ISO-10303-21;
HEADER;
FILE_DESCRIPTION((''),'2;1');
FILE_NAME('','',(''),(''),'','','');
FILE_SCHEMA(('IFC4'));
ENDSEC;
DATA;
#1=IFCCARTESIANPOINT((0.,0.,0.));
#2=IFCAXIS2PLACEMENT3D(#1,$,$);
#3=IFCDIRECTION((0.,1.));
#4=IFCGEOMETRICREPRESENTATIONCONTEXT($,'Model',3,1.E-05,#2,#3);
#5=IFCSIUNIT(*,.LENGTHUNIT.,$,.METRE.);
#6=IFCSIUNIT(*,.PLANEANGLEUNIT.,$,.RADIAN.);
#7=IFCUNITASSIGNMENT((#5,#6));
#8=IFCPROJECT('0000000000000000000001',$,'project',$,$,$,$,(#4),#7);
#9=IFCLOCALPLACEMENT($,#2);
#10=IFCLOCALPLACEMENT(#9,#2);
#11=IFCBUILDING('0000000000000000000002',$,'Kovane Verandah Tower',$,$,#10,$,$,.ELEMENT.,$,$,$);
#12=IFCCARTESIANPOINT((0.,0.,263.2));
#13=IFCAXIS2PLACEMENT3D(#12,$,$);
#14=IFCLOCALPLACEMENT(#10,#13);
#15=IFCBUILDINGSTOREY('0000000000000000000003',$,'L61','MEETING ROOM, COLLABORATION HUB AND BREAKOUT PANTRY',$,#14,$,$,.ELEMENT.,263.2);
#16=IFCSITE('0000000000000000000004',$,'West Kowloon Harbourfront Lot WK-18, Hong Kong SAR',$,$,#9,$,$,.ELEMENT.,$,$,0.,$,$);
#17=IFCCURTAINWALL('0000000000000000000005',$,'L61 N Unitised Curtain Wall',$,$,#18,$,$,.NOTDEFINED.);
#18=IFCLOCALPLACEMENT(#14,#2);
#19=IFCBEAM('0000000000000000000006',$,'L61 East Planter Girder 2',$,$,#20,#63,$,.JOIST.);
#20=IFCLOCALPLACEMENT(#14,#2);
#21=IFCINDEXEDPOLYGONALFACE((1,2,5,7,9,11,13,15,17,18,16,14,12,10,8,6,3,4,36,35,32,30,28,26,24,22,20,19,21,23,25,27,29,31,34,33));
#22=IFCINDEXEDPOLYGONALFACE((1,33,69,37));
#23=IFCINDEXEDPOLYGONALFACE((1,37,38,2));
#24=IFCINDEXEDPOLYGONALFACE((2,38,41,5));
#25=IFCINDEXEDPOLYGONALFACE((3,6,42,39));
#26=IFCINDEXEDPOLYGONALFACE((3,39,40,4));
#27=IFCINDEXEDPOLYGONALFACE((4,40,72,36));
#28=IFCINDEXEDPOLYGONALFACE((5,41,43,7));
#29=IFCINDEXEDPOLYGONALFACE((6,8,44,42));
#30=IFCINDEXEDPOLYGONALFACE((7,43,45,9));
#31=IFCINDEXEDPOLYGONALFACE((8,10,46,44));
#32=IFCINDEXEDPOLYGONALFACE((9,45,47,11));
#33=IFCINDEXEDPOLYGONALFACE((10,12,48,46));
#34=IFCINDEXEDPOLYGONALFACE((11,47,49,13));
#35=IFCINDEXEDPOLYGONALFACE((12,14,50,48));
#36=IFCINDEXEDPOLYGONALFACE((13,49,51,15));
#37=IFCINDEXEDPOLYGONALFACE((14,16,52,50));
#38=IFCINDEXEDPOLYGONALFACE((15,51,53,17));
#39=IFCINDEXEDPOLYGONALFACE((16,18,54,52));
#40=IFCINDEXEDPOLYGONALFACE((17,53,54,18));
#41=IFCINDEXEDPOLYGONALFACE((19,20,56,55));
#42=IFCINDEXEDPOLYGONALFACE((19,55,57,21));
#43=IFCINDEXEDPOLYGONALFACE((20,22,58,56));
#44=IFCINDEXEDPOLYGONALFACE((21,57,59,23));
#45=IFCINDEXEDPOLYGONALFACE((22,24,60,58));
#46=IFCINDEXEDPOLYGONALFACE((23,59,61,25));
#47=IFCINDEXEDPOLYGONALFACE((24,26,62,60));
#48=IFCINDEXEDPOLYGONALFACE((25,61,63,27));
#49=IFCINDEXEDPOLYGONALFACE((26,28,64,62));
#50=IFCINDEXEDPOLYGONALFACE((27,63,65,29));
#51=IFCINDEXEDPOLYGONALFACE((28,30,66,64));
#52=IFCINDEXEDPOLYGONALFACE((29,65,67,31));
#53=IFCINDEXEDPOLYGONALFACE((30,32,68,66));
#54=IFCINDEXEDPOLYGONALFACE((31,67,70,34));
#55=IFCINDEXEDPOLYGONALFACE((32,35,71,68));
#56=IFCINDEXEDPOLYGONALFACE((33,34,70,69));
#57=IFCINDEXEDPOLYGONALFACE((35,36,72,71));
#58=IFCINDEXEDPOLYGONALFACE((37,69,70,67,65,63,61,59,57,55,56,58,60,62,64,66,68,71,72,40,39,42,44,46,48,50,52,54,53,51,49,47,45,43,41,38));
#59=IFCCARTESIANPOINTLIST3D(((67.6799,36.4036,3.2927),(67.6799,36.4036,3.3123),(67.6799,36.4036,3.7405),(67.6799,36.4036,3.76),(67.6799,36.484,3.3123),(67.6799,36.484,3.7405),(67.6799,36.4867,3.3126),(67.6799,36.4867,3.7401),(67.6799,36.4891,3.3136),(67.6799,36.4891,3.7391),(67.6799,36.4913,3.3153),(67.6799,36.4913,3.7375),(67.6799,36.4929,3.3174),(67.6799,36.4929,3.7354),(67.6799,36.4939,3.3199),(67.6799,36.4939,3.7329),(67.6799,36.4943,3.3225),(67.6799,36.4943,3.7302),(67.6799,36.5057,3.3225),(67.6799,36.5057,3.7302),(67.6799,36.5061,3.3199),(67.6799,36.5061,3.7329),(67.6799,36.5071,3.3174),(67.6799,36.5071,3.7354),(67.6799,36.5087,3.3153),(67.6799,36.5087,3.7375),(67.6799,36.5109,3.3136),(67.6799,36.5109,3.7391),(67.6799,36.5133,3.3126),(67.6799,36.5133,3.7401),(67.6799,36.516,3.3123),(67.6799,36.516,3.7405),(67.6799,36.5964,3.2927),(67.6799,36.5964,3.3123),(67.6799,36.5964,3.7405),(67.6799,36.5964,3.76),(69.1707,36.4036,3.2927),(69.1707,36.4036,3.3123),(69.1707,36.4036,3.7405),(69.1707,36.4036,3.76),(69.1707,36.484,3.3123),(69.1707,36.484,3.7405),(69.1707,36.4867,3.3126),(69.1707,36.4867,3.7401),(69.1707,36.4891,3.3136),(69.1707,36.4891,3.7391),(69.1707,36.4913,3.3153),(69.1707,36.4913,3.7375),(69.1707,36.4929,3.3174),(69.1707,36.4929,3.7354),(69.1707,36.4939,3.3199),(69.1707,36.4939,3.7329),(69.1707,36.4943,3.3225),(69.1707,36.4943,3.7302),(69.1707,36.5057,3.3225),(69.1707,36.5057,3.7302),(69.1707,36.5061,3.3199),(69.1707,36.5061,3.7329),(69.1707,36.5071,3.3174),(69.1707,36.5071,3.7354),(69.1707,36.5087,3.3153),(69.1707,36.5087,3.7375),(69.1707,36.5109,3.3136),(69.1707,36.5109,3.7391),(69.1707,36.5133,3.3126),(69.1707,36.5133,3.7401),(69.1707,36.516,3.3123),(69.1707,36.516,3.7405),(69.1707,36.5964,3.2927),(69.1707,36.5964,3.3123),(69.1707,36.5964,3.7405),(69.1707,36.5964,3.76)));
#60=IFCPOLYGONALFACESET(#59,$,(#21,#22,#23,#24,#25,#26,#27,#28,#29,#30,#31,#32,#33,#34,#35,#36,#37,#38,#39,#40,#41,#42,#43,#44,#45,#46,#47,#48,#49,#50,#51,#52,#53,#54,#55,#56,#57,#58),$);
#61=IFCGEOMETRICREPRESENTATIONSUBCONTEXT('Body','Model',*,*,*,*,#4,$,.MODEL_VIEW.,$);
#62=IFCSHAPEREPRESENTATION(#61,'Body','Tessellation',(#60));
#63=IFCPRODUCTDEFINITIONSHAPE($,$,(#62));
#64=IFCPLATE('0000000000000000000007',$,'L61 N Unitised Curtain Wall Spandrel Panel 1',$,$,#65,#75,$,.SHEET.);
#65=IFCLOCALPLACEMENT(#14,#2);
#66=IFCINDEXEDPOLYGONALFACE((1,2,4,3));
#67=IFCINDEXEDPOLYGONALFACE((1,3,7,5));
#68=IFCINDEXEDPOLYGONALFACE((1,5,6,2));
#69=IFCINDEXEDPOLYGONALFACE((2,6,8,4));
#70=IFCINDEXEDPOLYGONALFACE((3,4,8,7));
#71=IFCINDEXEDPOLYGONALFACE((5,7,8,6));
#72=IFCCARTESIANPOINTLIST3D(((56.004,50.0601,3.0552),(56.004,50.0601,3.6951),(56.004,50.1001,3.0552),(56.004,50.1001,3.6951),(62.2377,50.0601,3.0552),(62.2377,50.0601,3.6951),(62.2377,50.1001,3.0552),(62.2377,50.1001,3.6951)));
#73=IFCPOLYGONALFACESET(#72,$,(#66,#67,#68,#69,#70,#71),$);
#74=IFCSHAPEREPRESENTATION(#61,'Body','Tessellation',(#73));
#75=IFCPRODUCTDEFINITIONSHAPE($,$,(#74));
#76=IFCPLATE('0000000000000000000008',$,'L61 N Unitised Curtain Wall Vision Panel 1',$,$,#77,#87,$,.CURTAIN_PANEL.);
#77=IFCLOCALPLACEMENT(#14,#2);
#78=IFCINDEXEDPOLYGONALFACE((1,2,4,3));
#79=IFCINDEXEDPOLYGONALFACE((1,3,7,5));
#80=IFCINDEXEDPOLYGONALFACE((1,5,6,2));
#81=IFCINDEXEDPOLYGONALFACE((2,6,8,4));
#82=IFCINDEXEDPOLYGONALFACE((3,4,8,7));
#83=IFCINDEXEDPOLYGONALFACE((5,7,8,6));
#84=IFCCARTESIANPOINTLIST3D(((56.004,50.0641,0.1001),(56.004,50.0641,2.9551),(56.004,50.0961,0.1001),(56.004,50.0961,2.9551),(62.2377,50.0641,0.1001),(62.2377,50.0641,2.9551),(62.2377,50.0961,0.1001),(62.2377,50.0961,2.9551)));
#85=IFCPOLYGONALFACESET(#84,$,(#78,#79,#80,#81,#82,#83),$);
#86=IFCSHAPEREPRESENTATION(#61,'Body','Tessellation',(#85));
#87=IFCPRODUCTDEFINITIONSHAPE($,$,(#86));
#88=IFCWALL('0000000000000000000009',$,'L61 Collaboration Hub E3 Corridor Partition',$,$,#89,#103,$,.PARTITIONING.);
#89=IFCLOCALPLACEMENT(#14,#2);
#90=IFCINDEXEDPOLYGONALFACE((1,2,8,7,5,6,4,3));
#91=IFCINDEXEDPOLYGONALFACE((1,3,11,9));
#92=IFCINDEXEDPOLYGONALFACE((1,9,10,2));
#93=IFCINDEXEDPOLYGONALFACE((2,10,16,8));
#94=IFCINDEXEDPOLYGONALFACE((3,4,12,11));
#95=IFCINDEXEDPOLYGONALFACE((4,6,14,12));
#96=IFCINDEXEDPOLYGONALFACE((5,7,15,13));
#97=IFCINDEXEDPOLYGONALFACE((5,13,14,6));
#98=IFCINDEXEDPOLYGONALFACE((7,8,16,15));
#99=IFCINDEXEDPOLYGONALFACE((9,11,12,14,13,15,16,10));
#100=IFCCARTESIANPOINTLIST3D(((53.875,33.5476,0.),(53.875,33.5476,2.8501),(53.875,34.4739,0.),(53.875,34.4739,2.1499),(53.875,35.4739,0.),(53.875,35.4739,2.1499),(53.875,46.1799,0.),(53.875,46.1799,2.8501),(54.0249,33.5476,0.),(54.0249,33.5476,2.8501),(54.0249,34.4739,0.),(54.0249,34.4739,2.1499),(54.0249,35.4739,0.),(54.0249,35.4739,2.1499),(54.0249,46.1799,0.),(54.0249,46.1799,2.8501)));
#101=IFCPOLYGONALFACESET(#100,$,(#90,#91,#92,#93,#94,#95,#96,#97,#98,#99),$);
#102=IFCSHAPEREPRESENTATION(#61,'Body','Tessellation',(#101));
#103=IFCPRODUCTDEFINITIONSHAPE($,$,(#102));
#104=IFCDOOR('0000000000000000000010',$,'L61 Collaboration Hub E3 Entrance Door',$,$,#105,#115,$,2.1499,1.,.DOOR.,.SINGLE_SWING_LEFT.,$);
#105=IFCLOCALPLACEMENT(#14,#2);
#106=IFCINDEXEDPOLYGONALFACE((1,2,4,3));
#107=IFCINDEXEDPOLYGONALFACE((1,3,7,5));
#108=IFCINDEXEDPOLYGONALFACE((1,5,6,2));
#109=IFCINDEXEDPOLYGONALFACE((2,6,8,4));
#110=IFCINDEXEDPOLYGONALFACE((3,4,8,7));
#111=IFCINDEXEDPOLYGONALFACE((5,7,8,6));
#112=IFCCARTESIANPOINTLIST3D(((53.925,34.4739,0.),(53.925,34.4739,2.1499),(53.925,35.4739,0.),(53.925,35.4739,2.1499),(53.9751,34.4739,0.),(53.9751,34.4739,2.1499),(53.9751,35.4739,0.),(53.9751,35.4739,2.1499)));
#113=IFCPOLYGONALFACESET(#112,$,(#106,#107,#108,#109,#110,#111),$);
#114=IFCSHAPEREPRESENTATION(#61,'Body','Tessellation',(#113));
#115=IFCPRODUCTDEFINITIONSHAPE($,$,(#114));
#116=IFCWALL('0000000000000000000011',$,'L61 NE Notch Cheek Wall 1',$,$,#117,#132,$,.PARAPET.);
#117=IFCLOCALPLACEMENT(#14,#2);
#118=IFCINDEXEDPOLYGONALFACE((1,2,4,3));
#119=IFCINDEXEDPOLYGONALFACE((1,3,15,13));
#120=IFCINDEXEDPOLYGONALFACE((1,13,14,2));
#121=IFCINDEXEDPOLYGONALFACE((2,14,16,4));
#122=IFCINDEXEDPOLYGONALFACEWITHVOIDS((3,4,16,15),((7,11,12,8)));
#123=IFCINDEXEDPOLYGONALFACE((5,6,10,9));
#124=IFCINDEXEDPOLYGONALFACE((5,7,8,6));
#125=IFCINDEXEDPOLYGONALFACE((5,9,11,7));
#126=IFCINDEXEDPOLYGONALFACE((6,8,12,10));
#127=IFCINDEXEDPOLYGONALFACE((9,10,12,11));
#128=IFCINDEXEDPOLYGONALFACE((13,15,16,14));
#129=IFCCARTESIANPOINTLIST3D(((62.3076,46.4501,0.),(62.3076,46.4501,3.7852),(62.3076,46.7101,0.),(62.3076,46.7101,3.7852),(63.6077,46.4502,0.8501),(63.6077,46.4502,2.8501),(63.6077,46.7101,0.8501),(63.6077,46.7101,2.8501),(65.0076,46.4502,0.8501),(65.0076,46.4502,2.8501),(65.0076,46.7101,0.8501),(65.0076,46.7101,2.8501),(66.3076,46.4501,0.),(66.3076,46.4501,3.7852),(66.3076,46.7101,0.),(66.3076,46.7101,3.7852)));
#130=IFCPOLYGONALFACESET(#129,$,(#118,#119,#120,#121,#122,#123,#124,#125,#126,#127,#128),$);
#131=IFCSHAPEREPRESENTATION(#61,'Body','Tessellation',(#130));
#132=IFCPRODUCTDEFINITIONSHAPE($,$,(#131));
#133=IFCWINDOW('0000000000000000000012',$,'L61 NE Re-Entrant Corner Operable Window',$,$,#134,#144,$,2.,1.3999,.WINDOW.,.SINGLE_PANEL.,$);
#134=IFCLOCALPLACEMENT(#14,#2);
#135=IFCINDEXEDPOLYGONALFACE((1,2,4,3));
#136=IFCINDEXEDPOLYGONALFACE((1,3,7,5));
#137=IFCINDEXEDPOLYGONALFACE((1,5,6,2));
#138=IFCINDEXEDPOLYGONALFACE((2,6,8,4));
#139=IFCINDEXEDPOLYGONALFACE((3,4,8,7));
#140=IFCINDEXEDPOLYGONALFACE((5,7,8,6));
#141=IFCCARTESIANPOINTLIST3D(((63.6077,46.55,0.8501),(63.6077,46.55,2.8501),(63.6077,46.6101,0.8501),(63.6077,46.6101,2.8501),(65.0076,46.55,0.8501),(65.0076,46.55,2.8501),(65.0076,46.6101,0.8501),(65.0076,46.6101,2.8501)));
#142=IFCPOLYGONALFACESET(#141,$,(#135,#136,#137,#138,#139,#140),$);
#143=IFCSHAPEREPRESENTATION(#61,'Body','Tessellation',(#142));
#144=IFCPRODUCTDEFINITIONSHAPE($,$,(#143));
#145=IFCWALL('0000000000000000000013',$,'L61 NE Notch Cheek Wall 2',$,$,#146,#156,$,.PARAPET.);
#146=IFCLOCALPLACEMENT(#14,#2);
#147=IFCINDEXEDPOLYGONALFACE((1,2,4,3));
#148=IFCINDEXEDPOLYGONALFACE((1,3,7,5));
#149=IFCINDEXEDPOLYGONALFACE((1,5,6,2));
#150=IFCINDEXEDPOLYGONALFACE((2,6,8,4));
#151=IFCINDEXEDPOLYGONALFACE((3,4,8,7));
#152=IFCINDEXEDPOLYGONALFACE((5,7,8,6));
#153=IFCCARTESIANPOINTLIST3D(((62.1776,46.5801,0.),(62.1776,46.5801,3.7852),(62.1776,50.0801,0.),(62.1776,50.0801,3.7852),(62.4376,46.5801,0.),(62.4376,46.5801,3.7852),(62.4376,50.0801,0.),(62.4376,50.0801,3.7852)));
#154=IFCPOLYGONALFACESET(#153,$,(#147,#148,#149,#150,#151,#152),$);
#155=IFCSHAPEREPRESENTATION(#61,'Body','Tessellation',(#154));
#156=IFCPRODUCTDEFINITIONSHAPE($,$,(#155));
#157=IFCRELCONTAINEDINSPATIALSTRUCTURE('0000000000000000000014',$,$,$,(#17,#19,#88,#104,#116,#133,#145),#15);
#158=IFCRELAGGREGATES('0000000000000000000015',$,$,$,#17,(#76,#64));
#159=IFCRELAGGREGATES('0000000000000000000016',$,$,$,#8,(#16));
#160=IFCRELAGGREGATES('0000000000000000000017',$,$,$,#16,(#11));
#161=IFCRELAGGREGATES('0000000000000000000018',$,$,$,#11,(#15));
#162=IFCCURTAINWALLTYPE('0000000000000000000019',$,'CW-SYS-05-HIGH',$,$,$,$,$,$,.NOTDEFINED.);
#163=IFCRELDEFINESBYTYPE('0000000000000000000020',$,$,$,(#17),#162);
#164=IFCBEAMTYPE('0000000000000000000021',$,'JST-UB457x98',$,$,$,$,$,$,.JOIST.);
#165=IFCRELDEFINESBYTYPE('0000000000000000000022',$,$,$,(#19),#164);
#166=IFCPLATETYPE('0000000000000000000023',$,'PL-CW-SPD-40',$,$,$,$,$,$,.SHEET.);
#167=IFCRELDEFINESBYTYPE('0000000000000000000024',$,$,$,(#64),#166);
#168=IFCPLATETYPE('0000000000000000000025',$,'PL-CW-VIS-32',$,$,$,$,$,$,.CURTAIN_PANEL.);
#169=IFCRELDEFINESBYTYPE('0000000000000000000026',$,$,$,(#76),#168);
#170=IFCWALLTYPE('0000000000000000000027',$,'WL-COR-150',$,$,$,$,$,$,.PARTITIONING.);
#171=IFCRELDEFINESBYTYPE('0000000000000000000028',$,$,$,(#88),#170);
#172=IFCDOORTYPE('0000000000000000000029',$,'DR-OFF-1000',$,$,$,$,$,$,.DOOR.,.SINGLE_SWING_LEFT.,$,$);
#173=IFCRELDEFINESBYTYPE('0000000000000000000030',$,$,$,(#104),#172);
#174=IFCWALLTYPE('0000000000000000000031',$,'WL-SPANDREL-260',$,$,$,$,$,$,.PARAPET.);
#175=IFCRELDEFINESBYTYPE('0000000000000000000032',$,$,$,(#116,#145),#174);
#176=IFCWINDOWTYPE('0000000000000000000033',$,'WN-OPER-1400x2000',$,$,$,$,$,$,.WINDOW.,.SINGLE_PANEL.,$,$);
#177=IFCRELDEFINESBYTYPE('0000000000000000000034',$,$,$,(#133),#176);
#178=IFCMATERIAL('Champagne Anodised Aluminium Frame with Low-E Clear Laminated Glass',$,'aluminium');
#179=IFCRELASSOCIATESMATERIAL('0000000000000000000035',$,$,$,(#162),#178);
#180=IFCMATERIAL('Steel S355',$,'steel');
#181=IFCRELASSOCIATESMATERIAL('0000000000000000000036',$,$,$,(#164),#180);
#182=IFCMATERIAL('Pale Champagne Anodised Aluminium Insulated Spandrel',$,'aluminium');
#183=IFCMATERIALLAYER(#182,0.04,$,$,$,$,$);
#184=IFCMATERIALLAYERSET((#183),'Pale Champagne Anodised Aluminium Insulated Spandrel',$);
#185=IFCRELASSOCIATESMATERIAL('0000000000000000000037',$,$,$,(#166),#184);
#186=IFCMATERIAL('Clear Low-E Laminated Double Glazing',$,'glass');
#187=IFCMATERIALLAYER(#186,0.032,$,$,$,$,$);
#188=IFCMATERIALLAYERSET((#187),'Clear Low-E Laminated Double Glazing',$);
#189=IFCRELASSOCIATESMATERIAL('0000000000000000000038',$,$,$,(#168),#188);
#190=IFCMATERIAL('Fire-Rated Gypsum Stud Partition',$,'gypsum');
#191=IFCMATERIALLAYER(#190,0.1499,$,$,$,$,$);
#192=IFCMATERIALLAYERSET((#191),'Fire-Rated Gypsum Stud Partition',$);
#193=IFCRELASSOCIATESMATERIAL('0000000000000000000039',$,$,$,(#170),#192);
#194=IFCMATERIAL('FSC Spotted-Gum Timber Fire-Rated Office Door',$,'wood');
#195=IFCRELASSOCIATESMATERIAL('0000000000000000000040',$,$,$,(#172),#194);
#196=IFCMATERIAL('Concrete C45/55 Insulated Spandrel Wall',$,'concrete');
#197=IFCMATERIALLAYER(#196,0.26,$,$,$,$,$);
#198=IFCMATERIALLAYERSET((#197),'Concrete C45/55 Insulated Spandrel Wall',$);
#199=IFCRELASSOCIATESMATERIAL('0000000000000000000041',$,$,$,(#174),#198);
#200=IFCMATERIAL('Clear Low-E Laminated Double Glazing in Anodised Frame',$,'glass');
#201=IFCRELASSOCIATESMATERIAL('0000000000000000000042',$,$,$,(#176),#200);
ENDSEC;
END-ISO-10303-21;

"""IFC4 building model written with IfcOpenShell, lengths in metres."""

from ifc_helpers import new_model, si_unit, direction, frame, frame_2d, origin, origin_2d, place, context, subcontext, project, spatial, rectangle, i_section, extrude, material, layer, layer_set, material_profile, profile_set, type_object, element, fill, aggregate, save


model = new_model("IFC4")

# Units and contexts
model_context = context("Model", 3, precision=1e-05, world=origin(), true_north=direction((0.0, 1.0)))
body_context = subcontext(model_context, "Body", "Model", "MODEL_VIEW")
ifc_project = project(units=[si_unit("LENGTHUNIT", "METRE"), si_unit("PLANEANGLEUNIT", "RADIAN")], contexts=[model_context])

# Site, building, storey
site_placement = place(None, origin())
site = spatial("IfcSite", under=ifc_project, at=site_placement, Name="West Kowloon Harbourfront Lot WK-18, Hong Kong SAR", CompositionType="ELEMENT", RefElevation=0.0)
building_placement = place(site_placement, origin())
building = spatial("IfcBuilding", under=site, at=building_placement, Name="Kovane Verandah Tower", CompositionType="ELEMENT")
storey_placement = place(building_placement, frame((0.0, 0.0, 263.2)))
storey = spatial("IfcBuildingStorey", under=building, at=storey_placement, Name="L61", Description="MEETING ROOM, COLLABORATION HUB AND BREAKOUT PANTRY", CompositionType="ELEMENT", Elevation=263.2)

# Shared definitions
ifc_material_1 = material(Name="Steel S355", Category="steel")

# Curtain wall
ifc_material_2 = material(Name="Champagne Anodised Aluminium Frame with Low-E Clear Laminated Glass", Category="aluminium")
curtain_wall_type = type_object("IfcCurtainWallType", Name="CW-SYS-05-HIGH", PredefinedType="NOTDEFINED", material=ifc_material_2)
curtain_wall_placement = place(storey_placement, origin())
curtain_wall = element("IfcCurtainWall", 1, at=curtain_wall_placement, inside=storey, type_object=curtain_wall_type, Name="L61 N Unitised Curtain Wall", PredefinedType="NOTDEFINED")

# Beam
ifc_material_profile_1 = material_profile(ifc_material_1, i_section(OverallWidth=0.1929, OverallDepth=0.4673, WebThickness=0.0115, FlangeThickness=0.0195, FilletRadius=0.0103, at=origin_2d()), Name="UB457x191x98")
ifc_profile_set_1 = profile_set([ifc_material_profile_1], Name="Steel S355")
beam_type_1 = type_object("IfcBeamType", Name="JST-UB457x98", PredefinedType="JOIST", material=ifc_profile_set_1)
beam_1_placement = place(storey_placement, frame((67.6799, 36.5, 3.5264), z_axis=(1.0, 0.0, 0.0), x_axis=(0.0, 1.0, 0.0)))
element("IfcBeam", 2, at=beam_1_placement, inside=storey, type_object=beam_type_1, Name="L61 East Planter Girder 2", PredefinedType="JOIST", context=body_context, shape_type="SweptSolid", body=[
    extrude(i_section(OverallWidth=0.1929, OverallDepth=0.4673, WebThickness=0.0115, FlangeThickness=0.0195, FilletRadius=0.0103, at=origin_2d()), origin(), (0.0, 0.0, 1.0), 1.4907),
])

# Plates
ifc_material_3 = material(Name="Pale Champagne Anodised Aluminium Insulated Spandrel", Category="aluminium")
ifc_layer_1 = layer(ifc_material_3, 0.04)
ifc_layer_set_1 = layer_set([ifc_layer_1], Name="Pale Champagne Anodised Aluminium Insulated Spandrel")
plate_type_1 = type_object("IfcPlateType", Name="PL-CW-SPD-40", PredefinedType="SHEET", material=ifc_layer_set_1)
plate_1_placement = place(storey_placement, frame((59.1208, 50.0801, 3.0552), z_axis=(0.0, 0.0, 1.0), x_axis=(-1.0, 0.0, 0.0)))
plate_1 = element("IfcPlate", 3, at=plate_1_placement, type_object=plate_type_1, Name="L61 N Unitised Curtain Wall Spandrel Panel 1", PredefinedType="SHEET", context=body_context, shape_type="SweptSolid", body=[
    extrude(rectangle(XDim=6.2336, YDim=0.04, at=origin_2d()), origin(), (0.0, 0.0, 1.0), 0.6399),
])
ifc_material_4 = material(Name="Clear Low-E Laminated Double Glazing", Category="glass")
ifc_layer_2 = layer(ifc_material_4, 0.032)
ifc_layer_set_2 = layer_set([ifc_layer_2], Name="Clear Low-E Laminated Double Glazing")
plate_type_2 = type_object("IfcPlateType", Name="PL-CW-VIS-32", PredefinedType="CURTAIN_PANEL", material=ifc_layer_set_2)
plate_2_placement = place(storey_placement, frame((59.1208, 50.0801, 0.1001), z_axis=(0.0, 0.0, 1.0), x_axis=(-1.0, 0.0, 0.0)))
plate_2 = element("IfcPlate", 4, at=plate_2_placement, type_object=plate_type_2, Name="L61 N Unitised Curtain Wall Vision Panel 1", PredefinedType="CURTAIN_PANEL", context=body_context, shape_type="SweptSolid", body=[
    extrude(rectangle(XDim=6.2336, YDim=0.032, at=origin_2d()), origin(), (0.0, 0.0, 1.0), 2.855),
])
aggregate(curtain_wall, [plate_2, plate_1])

# Wall, opening, door
ifc_material_5 = material(Name="Fire-Rated Gypsum Stud Partition", Category="gypsum")
ifc_layer_3 = layer(ifc_material_5, 0.1499)
ifc_layer_set_3 = layer_set([ifc_layer_3], Name="Fire-Rated Gypsum Stud Partition")
wall_type_1 = type_object("IfcWallType", Name="WL-COR-150", PredefinedType="PARTITIONING", material=ifc_layer_set_3)
wall_1_placement = place(storey_placement, frame((53.95, 33.5476, 0.0), z_axis=(0.0, 0.0, 1.0), x_axis=(0.0, 1.0, 0.0)))
wall_1 = element("IfcWall", 5, at=wall_1_placement, inside=storey, type_object=wall_type_1, Name="L61 Collaboration Hub E3 Corridor Partition", PredefinedType="PARTITIONING", context=body_context, shape_type="SweptSolid", body=[
    extrude(rectangle(XDim=12.6323, YDim=0.1499, at=frame_2d((6.3162, 0.0))), origin(), (0.0, 0.0, 1.0), 2.8501),
])
opening_1_placement = place(wall_1_placement, frame((0.9263, 0.0, 0.0)))
opening_1 = element("IfcOpeningElement", 6, at=opening_1_placement, cuts=wall_1, PredefinedType="OPENING", context=body_context, shape_type="SweptSolid", body=[
    extrude(rectangle(XDim=1.0, YDim=2.1499, at=frame_2d((0.5, 1.075))), frame((0.0, 0.075, 0.0), z_axis=(0.0, -1.0, 0.0), x_axis=(1.0, 0.0, 0.0)), (0.0, 0.0, 1.0), 0.1499),
])
ifc_material_6 = material(Name="FSC Spotted-Gum Timber Fire-Rated Office Door", Category="wood")
door_type = type_object("IfcDoorType", Name="DR-OFF-1000", OperationType="SINGLE_SWING_LEFT", PredefinedType="DOOR", material=ifc_material_6)
door_placement = place(opening_1_placement, origin())
door = element("IfcDoor", 7, at=door_placement, inside=storey, type_object=door_type, Name="L61 Collaboration Hub E3 Entrance Door", OperationType="SINGLE_SWING_LEFT", OverallHeight=2.1499, OverallWidth=1.0, PredefinedType="DOOR", context=body_context, shape_type="SweptSolid", body=[
    extrude(rectangle(XDim=1.0, YDim=2.1499, at=frame_2d((0.5, 1.075))), frame((0.0, 0.0249, 0.0), z_axis=(0.0, -1.0, 0.0), x_axis=(1.0, 0.0, 0.0)), (0.0, 0.0, 1.0), 0.05),
])
fill(opening_1, door)

# Wall, opening, window
ifc_material_7 = material(Name="Concrete C45/55 Insulated Spandrel Wall", Category="concrete")
ifc_layer_4 = layer(ifc_material_7, 0.26)
ifc_layer_set_4 = layer_set([ifc_layer_4], Name="Concrete C45/55 Insulated Spandrel Wall")
wall_type_2 = type_object("IfcWallType", Name="WL-SPANDREL-260", PredefinedType="PARAPET", material=ifc_layer_set_4)
wall_2_placement = place(storey_placement, frame((66.3076, 46.5801, 0.0), z_axis=(0.0, 0.0, 1.0), x_axis=(-1.0, 0.0, 0.0)))
wall_2 = element("IfcWall", 8, at=wall_2_placement, inside=storey, type_object=wall_type_2, Name="L61 NE Notch Cheek Wall 1", PredefinedType="PARAPET", context=body_context, shape_type="SweptSolid", body=[
    extrude(rectangle(XDim=4.0, YDim=0.26, at=frame_2d((2.0, 0.0))), origin(), (0.0, 0.0, 1.0), 3.7852),
])
opening_2_placement = place(wall_2_placement, frame((1.3, 0.0, 0.8501)))
opening_2 = element("IfcOpeningElement", 9, at=opening_2_placement, cuts=wall_2, PredefinedType="OPENING", context=body_context, shape_type="SweptSolid", body=[
    extrude(rectangle(XDim=1.3999, YDim=2.0, at=frame_2d((0.7, 1.0))), frame((0.0, 0.1299, 0.0), z_axis=(0.0, -1.0, 0.0), x_axis=(1.0, 0.0, 0.0)), (0.0, 0.0, 1.0), 0.26),
])
ifc_material_8 = material(Name="Clear Low-E Laminated Double Glazing in Anodised Frame", Category="glass")
window_type = type_object("IfcWindowType", Name="WN-OPER-1400x2000", PartitioningType="SINGLE_PANEL", PredefinedType="WINDOW", material=ifc_material_8)
window_placement = place(opening_2_placement, origin())
window = element("IfcWindow", 10, at=window_placement, inside=storey, type_object=window_type, Name="L61 NE Re-Entrant Corner Operable Window", OverallHeight=2.0, OverallWidth=1.3999, PartitioningType="SINGLE_PANEL", PredefinedType="WINDOW", context=body_context, shape_type="SweptSolid", body=[
    extrude(rectangle(XDim=1.3999, YDim=2.0, at=frame_2d((0.7, 1.0))), frame((0.0, 0.03, 0.0), z_axis=(0.0, -1.0, 0.0), x_axis=(1.0, 0.0, 0.0)), (0.0, 0.0, 1.0), 0.0601),
])
fill(opening_2, window)

# Wall
wall_3_placement = place(storey_placement, frame((62.3076, 46.5801, 0.0), z_axis=(0.0, 0.0, 1.0), x_axis=(0.0, 1.0, 0.0)))
element("IfcWall", 11, at=wall_3_placement, inside=storey, type_object=wall_type_2, Name="L61 NE Notch Cheek Wall 2", PredefinedType="PARAPET", context=body_context, shape_type="SweptSolid", body=[
    extrude(rectangle(XDim=3.5, YDim=0.26, at=frame_2d((1.75, 0.0))), origin(), (0.0, 0.0, 1.0), 3.7852),
])

save(model, "model.ifc")
